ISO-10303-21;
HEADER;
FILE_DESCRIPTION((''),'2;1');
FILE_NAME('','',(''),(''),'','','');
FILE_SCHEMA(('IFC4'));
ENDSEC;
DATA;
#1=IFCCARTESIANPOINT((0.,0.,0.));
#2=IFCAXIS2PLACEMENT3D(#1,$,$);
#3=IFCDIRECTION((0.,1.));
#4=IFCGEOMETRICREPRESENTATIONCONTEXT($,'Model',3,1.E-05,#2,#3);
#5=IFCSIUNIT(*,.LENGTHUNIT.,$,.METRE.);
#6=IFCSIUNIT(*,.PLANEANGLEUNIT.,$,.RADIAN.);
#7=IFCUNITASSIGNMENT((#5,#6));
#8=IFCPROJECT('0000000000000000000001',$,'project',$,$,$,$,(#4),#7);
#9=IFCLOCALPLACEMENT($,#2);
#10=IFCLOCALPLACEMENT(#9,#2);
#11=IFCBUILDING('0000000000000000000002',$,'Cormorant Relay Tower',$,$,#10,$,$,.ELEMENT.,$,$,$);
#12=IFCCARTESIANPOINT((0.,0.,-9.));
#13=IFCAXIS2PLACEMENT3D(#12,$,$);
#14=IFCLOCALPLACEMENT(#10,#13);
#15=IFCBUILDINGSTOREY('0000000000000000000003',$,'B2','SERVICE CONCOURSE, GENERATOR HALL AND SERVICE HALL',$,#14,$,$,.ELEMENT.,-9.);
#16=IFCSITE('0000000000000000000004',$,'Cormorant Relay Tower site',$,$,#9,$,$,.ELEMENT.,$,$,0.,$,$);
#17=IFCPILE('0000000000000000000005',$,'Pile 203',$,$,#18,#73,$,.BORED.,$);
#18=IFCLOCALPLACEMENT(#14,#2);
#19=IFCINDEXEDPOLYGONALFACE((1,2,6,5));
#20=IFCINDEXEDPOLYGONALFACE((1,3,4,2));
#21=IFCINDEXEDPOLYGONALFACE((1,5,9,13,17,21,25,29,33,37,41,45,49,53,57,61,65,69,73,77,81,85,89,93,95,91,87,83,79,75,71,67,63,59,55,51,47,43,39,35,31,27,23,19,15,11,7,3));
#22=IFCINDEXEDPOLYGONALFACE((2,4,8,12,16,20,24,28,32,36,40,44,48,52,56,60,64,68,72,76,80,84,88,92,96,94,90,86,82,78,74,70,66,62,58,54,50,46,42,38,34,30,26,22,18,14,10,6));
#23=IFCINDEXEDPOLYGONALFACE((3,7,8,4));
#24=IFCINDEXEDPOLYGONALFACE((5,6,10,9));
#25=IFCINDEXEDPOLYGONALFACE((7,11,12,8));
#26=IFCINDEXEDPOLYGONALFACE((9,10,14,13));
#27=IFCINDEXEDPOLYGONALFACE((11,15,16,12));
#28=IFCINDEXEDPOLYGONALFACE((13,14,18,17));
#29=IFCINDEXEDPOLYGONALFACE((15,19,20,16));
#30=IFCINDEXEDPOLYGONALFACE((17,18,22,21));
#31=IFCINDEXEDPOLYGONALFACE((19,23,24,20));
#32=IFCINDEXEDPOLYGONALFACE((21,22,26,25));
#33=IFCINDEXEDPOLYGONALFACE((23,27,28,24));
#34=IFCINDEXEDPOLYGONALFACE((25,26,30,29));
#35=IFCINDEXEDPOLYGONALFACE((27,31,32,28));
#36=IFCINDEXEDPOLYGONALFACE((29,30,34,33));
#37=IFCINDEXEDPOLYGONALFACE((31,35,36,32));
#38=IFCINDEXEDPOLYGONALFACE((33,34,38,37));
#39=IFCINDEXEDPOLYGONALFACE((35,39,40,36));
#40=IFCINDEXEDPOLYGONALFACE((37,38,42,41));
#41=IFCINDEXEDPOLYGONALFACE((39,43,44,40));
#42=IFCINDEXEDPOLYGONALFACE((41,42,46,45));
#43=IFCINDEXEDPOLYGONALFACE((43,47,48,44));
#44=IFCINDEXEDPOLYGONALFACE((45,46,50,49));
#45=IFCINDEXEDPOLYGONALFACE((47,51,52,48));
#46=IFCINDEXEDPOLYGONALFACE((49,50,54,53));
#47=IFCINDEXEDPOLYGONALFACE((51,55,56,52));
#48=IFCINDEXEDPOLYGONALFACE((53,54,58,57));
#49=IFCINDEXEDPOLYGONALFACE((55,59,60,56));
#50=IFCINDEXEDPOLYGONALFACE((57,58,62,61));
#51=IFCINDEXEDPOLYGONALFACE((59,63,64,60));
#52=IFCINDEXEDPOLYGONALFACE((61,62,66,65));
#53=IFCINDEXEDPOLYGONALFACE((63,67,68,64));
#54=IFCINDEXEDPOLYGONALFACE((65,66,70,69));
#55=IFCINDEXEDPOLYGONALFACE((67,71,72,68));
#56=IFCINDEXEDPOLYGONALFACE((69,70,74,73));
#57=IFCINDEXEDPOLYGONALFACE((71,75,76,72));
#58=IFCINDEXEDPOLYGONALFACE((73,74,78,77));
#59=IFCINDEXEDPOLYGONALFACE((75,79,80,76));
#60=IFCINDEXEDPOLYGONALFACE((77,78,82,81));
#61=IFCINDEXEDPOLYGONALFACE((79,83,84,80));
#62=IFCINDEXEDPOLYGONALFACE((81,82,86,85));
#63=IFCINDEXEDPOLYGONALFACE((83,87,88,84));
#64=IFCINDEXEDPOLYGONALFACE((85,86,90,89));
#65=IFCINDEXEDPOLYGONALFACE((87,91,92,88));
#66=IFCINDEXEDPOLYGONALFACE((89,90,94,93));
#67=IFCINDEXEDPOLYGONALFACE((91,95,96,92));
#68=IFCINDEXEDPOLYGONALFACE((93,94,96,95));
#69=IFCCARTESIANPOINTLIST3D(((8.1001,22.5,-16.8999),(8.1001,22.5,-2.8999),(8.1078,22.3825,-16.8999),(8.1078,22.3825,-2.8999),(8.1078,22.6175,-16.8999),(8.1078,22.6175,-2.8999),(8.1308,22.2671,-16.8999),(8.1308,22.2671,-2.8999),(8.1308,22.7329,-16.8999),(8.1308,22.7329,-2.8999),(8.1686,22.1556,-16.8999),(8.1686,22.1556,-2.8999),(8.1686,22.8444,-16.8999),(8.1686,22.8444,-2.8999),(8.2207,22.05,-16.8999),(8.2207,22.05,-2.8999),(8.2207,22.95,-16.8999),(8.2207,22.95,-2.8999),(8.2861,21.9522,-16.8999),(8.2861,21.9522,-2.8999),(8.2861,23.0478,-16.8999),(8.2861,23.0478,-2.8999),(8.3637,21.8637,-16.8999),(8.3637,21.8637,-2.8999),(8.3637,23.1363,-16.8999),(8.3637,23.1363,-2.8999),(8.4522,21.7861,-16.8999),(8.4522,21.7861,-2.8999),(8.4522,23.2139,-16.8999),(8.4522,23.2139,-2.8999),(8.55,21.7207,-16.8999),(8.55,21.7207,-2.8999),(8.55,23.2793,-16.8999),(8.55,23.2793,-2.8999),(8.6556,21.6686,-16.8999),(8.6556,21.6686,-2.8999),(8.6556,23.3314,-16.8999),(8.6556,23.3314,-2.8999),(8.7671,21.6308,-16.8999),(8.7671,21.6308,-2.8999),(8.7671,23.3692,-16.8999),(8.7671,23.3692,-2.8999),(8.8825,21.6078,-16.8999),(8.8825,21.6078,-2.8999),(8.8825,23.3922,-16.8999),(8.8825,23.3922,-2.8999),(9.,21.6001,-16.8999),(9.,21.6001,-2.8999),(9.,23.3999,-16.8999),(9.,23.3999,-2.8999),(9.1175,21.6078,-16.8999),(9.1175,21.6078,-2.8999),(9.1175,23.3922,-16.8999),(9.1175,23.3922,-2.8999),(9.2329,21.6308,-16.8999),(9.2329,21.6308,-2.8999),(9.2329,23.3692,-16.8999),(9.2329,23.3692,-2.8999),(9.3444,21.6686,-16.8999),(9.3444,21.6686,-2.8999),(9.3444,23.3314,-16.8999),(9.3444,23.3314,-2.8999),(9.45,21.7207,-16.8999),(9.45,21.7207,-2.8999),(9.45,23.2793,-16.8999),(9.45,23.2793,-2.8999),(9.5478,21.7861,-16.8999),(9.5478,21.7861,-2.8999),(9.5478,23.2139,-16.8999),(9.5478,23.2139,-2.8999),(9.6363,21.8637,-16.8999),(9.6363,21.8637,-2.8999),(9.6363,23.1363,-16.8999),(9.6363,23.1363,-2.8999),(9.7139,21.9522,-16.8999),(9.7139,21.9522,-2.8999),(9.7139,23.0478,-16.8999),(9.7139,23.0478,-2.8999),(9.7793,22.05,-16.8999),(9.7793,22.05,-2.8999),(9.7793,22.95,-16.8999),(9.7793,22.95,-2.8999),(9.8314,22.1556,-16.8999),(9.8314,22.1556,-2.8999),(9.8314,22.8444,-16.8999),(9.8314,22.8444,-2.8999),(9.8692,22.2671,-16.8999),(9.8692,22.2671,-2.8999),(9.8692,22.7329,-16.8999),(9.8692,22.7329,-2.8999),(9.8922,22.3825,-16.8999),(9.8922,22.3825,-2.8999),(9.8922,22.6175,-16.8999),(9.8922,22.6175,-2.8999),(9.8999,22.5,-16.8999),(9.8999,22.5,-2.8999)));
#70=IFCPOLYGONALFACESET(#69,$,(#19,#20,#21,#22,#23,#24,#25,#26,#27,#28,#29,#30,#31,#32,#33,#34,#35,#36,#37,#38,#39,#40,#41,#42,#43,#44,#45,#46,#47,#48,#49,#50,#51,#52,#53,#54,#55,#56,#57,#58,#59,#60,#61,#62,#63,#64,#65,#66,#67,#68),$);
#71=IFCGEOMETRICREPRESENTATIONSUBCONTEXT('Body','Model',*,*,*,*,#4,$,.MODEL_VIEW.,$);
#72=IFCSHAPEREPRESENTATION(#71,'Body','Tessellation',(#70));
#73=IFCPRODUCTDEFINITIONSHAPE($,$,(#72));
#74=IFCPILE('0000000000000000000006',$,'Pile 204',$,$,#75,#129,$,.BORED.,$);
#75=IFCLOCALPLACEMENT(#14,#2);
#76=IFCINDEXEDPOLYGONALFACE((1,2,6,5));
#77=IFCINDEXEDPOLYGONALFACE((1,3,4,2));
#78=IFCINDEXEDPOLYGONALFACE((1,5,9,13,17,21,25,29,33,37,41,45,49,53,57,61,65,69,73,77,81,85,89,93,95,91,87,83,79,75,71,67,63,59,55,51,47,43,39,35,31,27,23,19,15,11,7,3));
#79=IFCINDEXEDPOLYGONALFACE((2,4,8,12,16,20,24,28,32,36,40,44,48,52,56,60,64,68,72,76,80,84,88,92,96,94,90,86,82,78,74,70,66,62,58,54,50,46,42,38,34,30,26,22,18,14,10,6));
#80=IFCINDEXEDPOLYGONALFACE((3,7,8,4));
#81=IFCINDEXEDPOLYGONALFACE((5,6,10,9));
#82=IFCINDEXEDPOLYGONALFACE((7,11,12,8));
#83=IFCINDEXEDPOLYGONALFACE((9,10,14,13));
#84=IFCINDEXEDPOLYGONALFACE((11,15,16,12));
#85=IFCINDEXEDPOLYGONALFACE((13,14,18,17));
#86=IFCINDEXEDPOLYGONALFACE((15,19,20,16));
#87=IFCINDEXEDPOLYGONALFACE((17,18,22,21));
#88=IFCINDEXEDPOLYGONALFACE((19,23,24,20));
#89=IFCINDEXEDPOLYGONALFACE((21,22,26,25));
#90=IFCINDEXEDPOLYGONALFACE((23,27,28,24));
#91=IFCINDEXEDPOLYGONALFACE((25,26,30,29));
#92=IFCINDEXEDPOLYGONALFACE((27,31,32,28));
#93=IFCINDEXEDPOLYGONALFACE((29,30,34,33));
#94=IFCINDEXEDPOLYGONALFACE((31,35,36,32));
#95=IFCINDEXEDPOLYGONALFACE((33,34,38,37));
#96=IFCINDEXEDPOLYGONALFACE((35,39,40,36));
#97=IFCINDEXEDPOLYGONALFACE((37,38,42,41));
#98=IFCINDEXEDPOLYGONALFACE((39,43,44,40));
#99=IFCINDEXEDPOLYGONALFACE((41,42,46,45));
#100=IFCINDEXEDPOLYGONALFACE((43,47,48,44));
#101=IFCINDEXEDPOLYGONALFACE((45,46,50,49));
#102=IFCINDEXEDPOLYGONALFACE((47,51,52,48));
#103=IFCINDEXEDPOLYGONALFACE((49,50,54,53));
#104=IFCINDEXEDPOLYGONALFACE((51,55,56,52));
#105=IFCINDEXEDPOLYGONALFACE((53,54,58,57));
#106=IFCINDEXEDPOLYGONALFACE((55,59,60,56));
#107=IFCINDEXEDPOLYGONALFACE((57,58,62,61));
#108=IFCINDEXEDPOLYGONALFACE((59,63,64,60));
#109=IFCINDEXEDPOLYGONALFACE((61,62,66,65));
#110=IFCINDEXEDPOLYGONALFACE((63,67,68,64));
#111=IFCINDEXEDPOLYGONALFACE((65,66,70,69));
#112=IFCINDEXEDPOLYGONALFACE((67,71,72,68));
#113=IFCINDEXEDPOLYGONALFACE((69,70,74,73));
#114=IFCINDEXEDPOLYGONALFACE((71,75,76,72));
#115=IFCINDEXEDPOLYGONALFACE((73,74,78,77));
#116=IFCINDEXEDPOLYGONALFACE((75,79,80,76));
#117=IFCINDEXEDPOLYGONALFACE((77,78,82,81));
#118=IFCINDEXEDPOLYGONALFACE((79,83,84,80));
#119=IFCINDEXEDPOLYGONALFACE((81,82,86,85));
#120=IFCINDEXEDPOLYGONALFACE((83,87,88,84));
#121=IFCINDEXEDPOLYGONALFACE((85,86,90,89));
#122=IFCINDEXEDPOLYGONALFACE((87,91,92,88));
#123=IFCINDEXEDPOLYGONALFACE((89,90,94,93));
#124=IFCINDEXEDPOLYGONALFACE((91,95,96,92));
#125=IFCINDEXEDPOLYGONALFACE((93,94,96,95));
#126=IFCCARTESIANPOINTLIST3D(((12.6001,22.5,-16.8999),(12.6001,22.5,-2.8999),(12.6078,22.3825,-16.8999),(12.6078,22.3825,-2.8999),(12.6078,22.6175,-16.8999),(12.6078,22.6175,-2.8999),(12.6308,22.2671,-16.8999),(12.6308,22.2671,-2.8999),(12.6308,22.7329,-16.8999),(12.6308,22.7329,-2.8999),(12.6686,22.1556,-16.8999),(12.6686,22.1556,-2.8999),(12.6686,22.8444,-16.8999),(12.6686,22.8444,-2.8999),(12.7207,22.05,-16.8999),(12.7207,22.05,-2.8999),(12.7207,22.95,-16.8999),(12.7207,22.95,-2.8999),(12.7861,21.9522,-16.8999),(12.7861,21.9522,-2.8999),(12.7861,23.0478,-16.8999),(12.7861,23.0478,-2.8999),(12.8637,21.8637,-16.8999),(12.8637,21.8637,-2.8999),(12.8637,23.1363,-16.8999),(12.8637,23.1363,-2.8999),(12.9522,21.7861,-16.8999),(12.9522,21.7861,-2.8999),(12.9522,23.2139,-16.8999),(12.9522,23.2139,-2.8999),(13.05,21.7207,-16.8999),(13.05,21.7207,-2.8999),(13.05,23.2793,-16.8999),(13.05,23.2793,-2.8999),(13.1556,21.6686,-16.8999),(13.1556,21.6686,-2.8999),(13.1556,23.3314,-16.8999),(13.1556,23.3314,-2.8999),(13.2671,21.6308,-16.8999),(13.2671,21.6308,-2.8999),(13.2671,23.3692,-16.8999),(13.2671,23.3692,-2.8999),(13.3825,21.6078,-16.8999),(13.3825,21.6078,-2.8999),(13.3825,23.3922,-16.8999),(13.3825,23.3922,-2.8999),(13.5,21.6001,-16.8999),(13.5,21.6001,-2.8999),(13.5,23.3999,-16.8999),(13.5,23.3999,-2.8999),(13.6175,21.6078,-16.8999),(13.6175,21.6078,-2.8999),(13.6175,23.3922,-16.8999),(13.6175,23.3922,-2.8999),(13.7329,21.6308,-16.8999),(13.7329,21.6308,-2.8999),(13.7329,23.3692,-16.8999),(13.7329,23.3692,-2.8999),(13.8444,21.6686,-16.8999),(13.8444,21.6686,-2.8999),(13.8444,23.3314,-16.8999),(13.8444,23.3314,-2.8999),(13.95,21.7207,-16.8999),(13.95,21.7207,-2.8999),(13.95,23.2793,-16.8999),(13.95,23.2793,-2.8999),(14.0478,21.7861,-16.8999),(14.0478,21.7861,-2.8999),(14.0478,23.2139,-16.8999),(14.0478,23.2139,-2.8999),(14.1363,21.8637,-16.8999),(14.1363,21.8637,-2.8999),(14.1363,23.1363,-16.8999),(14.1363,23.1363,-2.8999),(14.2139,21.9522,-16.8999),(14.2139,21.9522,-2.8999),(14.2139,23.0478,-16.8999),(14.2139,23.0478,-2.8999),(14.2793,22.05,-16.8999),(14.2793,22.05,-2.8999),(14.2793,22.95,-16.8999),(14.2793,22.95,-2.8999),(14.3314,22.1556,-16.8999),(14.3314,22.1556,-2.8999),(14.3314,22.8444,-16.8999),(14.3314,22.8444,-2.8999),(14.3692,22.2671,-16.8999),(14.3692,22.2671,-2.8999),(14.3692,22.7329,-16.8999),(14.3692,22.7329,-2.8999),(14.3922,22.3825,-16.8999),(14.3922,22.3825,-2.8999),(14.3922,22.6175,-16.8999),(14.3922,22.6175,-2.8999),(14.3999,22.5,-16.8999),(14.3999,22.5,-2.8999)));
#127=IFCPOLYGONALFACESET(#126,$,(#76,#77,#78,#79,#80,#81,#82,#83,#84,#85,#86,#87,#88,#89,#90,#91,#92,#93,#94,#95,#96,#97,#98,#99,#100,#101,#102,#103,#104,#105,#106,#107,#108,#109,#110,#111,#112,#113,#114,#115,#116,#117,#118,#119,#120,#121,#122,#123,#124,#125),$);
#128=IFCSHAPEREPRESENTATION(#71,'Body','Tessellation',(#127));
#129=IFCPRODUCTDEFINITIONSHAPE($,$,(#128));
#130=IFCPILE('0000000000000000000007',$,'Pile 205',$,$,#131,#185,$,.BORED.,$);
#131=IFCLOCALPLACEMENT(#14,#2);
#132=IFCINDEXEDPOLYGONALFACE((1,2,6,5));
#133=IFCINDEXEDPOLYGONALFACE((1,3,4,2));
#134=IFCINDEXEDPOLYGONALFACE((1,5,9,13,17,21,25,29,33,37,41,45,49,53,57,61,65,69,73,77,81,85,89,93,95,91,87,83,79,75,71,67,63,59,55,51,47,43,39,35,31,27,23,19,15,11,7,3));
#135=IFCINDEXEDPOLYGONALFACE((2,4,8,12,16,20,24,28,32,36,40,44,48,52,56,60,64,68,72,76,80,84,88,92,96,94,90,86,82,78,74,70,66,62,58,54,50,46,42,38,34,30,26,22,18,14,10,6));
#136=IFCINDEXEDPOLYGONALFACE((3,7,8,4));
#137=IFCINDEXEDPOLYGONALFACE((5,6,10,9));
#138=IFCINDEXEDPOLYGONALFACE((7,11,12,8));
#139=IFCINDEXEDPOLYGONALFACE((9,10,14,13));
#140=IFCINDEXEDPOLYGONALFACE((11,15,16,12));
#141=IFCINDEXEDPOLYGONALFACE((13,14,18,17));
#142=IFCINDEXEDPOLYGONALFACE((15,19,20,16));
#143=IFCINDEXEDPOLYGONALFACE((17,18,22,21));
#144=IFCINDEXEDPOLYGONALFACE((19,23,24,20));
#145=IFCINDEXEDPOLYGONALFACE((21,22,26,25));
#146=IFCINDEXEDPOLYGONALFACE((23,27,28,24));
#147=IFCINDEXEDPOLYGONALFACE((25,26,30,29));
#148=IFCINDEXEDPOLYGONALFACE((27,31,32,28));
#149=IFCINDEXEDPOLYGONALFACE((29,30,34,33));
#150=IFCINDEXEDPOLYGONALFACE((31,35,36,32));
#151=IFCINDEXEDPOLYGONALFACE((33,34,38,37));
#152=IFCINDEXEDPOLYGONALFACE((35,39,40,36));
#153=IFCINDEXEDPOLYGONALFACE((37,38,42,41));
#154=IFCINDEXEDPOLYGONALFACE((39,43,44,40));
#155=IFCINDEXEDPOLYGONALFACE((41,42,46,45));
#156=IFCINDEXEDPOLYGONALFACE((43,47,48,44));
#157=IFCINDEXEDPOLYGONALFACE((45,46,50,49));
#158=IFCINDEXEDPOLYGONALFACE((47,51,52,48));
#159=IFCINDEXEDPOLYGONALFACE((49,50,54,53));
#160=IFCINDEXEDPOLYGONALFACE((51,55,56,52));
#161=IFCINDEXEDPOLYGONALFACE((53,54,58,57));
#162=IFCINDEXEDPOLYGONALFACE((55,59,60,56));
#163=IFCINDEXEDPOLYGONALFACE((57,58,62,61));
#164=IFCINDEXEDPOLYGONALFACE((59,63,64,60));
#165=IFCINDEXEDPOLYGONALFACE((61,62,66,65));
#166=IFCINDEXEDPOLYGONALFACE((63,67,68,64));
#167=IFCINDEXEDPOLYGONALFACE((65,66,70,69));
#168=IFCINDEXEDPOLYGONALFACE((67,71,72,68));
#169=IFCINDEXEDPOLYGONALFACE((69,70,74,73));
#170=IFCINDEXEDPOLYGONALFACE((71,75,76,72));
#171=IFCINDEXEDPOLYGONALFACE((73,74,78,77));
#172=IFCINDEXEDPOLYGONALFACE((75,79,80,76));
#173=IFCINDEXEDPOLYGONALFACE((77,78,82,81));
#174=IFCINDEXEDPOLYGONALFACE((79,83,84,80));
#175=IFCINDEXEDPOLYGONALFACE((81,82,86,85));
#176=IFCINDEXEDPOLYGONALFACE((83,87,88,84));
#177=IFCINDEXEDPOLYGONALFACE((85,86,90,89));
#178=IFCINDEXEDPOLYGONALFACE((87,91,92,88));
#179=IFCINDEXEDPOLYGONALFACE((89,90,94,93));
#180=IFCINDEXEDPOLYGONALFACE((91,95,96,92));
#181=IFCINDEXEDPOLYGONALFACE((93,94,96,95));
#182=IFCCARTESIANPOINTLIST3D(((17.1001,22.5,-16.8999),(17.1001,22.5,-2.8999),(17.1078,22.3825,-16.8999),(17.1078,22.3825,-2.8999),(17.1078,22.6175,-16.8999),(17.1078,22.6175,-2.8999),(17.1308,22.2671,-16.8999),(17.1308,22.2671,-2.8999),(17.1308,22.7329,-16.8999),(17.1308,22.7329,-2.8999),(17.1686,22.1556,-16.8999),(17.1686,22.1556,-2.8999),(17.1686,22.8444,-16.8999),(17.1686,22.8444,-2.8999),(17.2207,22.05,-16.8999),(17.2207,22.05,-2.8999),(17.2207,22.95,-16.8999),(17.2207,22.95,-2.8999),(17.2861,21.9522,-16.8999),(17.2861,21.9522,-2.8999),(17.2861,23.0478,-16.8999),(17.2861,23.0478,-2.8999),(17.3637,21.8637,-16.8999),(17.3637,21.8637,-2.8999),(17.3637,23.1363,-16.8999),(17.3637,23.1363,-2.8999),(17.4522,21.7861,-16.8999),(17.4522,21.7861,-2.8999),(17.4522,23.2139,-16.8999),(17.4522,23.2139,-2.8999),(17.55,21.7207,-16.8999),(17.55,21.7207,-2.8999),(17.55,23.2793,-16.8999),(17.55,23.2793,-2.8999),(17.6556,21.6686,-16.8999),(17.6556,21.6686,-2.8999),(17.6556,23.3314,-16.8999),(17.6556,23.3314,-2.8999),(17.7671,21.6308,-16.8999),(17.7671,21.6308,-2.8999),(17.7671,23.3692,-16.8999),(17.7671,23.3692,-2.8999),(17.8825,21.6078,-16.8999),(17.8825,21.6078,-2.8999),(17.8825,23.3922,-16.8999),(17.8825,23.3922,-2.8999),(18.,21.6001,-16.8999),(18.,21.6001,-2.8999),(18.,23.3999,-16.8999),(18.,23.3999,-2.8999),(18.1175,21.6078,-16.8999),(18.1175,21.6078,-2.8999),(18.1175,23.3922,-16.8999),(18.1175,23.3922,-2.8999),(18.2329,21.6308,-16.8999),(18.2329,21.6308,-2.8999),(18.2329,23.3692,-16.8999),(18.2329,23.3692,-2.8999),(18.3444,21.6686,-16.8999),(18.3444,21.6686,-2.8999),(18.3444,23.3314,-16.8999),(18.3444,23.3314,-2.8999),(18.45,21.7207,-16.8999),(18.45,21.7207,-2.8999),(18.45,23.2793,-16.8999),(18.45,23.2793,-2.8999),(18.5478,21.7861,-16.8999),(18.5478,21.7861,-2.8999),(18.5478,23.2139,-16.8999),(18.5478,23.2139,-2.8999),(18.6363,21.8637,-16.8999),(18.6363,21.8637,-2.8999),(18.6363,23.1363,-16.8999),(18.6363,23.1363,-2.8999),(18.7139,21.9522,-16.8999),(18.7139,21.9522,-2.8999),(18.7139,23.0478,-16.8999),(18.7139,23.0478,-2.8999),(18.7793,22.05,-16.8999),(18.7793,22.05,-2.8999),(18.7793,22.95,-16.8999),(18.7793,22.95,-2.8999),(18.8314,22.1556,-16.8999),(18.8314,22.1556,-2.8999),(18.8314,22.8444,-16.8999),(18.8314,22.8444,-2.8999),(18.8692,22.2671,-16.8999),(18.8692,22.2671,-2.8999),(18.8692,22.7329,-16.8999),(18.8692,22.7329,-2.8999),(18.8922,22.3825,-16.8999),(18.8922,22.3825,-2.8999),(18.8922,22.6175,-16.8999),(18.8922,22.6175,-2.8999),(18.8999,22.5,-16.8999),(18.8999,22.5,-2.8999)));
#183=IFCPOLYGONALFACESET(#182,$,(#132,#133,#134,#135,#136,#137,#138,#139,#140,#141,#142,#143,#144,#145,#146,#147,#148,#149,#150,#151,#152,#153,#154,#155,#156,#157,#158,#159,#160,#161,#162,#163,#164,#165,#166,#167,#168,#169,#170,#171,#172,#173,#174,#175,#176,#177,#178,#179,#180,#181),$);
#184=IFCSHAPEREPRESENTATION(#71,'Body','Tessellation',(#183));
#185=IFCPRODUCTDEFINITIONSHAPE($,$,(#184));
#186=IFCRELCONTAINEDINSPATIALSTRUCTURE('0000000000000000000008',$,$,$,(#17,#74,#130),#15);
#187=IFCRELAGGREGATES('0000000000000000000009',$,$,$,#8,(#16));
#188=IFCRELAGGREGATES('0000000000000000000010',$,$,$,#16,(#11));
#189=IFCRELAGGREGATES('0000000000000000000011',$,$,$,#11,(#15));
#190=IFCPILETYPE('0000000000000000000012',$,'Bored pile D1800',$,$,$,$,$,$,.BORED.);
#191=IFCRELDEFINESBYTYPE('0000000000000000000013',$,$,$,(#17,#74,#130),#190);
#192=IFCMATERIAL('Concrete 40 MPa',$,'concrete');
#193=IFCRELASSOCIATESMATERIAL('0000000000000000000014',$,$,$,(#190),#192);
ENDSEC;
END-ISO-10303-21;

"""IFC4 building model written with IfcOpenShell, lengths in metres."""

from ifc_helpers import new_model, si_unit, direction, frame, origin, origin_2d, place, context, subcontext, project, spatial, circle, extrude, material, material_profile, profile_set, type_object, element, save


model = new_model("IFC4")

# Units and contexts
model_context = context("Model", 3, precision=1e-05, world=origin(), true_north=direction((0.0, 1.0)))
body_context = subcontext(model_context, "Body", "Model", "MODEL_VIEW")
ifc_project = project(units=[si_unit("LENGTHUNIT", "METRE"), si_unit("PLANEANGLEUNIT", "RADIAN")], contexts=[model_context])

# Site, building, storey
site_placement = place(None, origin())
site = spatial("IfcSite", under=ifc_project, at=site_placement, Name="Cormorant Relay Tower site", CompositionType="ELEMENT", RefElevation=0.0)
building_placement = place(site_placement, origin())
building = spatial("IfcBuilding", under=site, at=building_placement, Name="Cormorant Relay Tower", CompositionType="ELEMENT")
storey_placement = place(building_placement, frame((0.0, 0.0, -9.0)))
storey = spatial("IfcBuildingStorey", under=building, at=storey_placement, Name="B2", Description="SERVICE CONCOURSE, GENERATOR HALL AND SERVICE HALL", CompositionType="ELEMENT", Elevation=-9.0)

# Piles
ifc_material_1 = material(Name="Concrete 40 MPa", Category="concrete")
ifc_material_profile_1 = material_profile(ifc_material_1, circle(Radius=0.8999, at=origin_2d()), Name="BP1800")
ifc_profile_set_1 = profile_set([ifc_material_profile_1], Name="Concrete 40 MPa")
pile_type = type_object("IfcPileType", Name="Bored pile D1800", PredefinedType="BORED", material=ifc_profile_set_1)
for number, where, z_axis, x_axis, name in (
    (1, (9.0, 22.5, -2.8999), (0.0, 0.0, -1.0), (1.0, 0.0, 0.0), "Pile 203"),
    (2, (13.5, 22.5, -2.8999), (0.0, 0.0, -1.0), (1.0, 0.0, 0.0), "Pile 204"),
    (3, (18.0, 22.5, -2.8999), (0.0, 0.0, -1.0), (1.0, 0.0, 0.0), "Pile 205"),
):
    element("IfcPile", number, at=place(storey_placement, frame(where, z_axis=z_axis, x_axis=x_axis)), inside=storey, type_object=pile_type, Name=name, PredefinedType="BORED", context=body_context, shape_type="SweptSolid", body=[
        extrude(circle(Radius=0.8999, at=origin_2d()), origin(), (0.0, 0.0, 1.0), 14.0),
    ])

save(model, "model.ifc")
